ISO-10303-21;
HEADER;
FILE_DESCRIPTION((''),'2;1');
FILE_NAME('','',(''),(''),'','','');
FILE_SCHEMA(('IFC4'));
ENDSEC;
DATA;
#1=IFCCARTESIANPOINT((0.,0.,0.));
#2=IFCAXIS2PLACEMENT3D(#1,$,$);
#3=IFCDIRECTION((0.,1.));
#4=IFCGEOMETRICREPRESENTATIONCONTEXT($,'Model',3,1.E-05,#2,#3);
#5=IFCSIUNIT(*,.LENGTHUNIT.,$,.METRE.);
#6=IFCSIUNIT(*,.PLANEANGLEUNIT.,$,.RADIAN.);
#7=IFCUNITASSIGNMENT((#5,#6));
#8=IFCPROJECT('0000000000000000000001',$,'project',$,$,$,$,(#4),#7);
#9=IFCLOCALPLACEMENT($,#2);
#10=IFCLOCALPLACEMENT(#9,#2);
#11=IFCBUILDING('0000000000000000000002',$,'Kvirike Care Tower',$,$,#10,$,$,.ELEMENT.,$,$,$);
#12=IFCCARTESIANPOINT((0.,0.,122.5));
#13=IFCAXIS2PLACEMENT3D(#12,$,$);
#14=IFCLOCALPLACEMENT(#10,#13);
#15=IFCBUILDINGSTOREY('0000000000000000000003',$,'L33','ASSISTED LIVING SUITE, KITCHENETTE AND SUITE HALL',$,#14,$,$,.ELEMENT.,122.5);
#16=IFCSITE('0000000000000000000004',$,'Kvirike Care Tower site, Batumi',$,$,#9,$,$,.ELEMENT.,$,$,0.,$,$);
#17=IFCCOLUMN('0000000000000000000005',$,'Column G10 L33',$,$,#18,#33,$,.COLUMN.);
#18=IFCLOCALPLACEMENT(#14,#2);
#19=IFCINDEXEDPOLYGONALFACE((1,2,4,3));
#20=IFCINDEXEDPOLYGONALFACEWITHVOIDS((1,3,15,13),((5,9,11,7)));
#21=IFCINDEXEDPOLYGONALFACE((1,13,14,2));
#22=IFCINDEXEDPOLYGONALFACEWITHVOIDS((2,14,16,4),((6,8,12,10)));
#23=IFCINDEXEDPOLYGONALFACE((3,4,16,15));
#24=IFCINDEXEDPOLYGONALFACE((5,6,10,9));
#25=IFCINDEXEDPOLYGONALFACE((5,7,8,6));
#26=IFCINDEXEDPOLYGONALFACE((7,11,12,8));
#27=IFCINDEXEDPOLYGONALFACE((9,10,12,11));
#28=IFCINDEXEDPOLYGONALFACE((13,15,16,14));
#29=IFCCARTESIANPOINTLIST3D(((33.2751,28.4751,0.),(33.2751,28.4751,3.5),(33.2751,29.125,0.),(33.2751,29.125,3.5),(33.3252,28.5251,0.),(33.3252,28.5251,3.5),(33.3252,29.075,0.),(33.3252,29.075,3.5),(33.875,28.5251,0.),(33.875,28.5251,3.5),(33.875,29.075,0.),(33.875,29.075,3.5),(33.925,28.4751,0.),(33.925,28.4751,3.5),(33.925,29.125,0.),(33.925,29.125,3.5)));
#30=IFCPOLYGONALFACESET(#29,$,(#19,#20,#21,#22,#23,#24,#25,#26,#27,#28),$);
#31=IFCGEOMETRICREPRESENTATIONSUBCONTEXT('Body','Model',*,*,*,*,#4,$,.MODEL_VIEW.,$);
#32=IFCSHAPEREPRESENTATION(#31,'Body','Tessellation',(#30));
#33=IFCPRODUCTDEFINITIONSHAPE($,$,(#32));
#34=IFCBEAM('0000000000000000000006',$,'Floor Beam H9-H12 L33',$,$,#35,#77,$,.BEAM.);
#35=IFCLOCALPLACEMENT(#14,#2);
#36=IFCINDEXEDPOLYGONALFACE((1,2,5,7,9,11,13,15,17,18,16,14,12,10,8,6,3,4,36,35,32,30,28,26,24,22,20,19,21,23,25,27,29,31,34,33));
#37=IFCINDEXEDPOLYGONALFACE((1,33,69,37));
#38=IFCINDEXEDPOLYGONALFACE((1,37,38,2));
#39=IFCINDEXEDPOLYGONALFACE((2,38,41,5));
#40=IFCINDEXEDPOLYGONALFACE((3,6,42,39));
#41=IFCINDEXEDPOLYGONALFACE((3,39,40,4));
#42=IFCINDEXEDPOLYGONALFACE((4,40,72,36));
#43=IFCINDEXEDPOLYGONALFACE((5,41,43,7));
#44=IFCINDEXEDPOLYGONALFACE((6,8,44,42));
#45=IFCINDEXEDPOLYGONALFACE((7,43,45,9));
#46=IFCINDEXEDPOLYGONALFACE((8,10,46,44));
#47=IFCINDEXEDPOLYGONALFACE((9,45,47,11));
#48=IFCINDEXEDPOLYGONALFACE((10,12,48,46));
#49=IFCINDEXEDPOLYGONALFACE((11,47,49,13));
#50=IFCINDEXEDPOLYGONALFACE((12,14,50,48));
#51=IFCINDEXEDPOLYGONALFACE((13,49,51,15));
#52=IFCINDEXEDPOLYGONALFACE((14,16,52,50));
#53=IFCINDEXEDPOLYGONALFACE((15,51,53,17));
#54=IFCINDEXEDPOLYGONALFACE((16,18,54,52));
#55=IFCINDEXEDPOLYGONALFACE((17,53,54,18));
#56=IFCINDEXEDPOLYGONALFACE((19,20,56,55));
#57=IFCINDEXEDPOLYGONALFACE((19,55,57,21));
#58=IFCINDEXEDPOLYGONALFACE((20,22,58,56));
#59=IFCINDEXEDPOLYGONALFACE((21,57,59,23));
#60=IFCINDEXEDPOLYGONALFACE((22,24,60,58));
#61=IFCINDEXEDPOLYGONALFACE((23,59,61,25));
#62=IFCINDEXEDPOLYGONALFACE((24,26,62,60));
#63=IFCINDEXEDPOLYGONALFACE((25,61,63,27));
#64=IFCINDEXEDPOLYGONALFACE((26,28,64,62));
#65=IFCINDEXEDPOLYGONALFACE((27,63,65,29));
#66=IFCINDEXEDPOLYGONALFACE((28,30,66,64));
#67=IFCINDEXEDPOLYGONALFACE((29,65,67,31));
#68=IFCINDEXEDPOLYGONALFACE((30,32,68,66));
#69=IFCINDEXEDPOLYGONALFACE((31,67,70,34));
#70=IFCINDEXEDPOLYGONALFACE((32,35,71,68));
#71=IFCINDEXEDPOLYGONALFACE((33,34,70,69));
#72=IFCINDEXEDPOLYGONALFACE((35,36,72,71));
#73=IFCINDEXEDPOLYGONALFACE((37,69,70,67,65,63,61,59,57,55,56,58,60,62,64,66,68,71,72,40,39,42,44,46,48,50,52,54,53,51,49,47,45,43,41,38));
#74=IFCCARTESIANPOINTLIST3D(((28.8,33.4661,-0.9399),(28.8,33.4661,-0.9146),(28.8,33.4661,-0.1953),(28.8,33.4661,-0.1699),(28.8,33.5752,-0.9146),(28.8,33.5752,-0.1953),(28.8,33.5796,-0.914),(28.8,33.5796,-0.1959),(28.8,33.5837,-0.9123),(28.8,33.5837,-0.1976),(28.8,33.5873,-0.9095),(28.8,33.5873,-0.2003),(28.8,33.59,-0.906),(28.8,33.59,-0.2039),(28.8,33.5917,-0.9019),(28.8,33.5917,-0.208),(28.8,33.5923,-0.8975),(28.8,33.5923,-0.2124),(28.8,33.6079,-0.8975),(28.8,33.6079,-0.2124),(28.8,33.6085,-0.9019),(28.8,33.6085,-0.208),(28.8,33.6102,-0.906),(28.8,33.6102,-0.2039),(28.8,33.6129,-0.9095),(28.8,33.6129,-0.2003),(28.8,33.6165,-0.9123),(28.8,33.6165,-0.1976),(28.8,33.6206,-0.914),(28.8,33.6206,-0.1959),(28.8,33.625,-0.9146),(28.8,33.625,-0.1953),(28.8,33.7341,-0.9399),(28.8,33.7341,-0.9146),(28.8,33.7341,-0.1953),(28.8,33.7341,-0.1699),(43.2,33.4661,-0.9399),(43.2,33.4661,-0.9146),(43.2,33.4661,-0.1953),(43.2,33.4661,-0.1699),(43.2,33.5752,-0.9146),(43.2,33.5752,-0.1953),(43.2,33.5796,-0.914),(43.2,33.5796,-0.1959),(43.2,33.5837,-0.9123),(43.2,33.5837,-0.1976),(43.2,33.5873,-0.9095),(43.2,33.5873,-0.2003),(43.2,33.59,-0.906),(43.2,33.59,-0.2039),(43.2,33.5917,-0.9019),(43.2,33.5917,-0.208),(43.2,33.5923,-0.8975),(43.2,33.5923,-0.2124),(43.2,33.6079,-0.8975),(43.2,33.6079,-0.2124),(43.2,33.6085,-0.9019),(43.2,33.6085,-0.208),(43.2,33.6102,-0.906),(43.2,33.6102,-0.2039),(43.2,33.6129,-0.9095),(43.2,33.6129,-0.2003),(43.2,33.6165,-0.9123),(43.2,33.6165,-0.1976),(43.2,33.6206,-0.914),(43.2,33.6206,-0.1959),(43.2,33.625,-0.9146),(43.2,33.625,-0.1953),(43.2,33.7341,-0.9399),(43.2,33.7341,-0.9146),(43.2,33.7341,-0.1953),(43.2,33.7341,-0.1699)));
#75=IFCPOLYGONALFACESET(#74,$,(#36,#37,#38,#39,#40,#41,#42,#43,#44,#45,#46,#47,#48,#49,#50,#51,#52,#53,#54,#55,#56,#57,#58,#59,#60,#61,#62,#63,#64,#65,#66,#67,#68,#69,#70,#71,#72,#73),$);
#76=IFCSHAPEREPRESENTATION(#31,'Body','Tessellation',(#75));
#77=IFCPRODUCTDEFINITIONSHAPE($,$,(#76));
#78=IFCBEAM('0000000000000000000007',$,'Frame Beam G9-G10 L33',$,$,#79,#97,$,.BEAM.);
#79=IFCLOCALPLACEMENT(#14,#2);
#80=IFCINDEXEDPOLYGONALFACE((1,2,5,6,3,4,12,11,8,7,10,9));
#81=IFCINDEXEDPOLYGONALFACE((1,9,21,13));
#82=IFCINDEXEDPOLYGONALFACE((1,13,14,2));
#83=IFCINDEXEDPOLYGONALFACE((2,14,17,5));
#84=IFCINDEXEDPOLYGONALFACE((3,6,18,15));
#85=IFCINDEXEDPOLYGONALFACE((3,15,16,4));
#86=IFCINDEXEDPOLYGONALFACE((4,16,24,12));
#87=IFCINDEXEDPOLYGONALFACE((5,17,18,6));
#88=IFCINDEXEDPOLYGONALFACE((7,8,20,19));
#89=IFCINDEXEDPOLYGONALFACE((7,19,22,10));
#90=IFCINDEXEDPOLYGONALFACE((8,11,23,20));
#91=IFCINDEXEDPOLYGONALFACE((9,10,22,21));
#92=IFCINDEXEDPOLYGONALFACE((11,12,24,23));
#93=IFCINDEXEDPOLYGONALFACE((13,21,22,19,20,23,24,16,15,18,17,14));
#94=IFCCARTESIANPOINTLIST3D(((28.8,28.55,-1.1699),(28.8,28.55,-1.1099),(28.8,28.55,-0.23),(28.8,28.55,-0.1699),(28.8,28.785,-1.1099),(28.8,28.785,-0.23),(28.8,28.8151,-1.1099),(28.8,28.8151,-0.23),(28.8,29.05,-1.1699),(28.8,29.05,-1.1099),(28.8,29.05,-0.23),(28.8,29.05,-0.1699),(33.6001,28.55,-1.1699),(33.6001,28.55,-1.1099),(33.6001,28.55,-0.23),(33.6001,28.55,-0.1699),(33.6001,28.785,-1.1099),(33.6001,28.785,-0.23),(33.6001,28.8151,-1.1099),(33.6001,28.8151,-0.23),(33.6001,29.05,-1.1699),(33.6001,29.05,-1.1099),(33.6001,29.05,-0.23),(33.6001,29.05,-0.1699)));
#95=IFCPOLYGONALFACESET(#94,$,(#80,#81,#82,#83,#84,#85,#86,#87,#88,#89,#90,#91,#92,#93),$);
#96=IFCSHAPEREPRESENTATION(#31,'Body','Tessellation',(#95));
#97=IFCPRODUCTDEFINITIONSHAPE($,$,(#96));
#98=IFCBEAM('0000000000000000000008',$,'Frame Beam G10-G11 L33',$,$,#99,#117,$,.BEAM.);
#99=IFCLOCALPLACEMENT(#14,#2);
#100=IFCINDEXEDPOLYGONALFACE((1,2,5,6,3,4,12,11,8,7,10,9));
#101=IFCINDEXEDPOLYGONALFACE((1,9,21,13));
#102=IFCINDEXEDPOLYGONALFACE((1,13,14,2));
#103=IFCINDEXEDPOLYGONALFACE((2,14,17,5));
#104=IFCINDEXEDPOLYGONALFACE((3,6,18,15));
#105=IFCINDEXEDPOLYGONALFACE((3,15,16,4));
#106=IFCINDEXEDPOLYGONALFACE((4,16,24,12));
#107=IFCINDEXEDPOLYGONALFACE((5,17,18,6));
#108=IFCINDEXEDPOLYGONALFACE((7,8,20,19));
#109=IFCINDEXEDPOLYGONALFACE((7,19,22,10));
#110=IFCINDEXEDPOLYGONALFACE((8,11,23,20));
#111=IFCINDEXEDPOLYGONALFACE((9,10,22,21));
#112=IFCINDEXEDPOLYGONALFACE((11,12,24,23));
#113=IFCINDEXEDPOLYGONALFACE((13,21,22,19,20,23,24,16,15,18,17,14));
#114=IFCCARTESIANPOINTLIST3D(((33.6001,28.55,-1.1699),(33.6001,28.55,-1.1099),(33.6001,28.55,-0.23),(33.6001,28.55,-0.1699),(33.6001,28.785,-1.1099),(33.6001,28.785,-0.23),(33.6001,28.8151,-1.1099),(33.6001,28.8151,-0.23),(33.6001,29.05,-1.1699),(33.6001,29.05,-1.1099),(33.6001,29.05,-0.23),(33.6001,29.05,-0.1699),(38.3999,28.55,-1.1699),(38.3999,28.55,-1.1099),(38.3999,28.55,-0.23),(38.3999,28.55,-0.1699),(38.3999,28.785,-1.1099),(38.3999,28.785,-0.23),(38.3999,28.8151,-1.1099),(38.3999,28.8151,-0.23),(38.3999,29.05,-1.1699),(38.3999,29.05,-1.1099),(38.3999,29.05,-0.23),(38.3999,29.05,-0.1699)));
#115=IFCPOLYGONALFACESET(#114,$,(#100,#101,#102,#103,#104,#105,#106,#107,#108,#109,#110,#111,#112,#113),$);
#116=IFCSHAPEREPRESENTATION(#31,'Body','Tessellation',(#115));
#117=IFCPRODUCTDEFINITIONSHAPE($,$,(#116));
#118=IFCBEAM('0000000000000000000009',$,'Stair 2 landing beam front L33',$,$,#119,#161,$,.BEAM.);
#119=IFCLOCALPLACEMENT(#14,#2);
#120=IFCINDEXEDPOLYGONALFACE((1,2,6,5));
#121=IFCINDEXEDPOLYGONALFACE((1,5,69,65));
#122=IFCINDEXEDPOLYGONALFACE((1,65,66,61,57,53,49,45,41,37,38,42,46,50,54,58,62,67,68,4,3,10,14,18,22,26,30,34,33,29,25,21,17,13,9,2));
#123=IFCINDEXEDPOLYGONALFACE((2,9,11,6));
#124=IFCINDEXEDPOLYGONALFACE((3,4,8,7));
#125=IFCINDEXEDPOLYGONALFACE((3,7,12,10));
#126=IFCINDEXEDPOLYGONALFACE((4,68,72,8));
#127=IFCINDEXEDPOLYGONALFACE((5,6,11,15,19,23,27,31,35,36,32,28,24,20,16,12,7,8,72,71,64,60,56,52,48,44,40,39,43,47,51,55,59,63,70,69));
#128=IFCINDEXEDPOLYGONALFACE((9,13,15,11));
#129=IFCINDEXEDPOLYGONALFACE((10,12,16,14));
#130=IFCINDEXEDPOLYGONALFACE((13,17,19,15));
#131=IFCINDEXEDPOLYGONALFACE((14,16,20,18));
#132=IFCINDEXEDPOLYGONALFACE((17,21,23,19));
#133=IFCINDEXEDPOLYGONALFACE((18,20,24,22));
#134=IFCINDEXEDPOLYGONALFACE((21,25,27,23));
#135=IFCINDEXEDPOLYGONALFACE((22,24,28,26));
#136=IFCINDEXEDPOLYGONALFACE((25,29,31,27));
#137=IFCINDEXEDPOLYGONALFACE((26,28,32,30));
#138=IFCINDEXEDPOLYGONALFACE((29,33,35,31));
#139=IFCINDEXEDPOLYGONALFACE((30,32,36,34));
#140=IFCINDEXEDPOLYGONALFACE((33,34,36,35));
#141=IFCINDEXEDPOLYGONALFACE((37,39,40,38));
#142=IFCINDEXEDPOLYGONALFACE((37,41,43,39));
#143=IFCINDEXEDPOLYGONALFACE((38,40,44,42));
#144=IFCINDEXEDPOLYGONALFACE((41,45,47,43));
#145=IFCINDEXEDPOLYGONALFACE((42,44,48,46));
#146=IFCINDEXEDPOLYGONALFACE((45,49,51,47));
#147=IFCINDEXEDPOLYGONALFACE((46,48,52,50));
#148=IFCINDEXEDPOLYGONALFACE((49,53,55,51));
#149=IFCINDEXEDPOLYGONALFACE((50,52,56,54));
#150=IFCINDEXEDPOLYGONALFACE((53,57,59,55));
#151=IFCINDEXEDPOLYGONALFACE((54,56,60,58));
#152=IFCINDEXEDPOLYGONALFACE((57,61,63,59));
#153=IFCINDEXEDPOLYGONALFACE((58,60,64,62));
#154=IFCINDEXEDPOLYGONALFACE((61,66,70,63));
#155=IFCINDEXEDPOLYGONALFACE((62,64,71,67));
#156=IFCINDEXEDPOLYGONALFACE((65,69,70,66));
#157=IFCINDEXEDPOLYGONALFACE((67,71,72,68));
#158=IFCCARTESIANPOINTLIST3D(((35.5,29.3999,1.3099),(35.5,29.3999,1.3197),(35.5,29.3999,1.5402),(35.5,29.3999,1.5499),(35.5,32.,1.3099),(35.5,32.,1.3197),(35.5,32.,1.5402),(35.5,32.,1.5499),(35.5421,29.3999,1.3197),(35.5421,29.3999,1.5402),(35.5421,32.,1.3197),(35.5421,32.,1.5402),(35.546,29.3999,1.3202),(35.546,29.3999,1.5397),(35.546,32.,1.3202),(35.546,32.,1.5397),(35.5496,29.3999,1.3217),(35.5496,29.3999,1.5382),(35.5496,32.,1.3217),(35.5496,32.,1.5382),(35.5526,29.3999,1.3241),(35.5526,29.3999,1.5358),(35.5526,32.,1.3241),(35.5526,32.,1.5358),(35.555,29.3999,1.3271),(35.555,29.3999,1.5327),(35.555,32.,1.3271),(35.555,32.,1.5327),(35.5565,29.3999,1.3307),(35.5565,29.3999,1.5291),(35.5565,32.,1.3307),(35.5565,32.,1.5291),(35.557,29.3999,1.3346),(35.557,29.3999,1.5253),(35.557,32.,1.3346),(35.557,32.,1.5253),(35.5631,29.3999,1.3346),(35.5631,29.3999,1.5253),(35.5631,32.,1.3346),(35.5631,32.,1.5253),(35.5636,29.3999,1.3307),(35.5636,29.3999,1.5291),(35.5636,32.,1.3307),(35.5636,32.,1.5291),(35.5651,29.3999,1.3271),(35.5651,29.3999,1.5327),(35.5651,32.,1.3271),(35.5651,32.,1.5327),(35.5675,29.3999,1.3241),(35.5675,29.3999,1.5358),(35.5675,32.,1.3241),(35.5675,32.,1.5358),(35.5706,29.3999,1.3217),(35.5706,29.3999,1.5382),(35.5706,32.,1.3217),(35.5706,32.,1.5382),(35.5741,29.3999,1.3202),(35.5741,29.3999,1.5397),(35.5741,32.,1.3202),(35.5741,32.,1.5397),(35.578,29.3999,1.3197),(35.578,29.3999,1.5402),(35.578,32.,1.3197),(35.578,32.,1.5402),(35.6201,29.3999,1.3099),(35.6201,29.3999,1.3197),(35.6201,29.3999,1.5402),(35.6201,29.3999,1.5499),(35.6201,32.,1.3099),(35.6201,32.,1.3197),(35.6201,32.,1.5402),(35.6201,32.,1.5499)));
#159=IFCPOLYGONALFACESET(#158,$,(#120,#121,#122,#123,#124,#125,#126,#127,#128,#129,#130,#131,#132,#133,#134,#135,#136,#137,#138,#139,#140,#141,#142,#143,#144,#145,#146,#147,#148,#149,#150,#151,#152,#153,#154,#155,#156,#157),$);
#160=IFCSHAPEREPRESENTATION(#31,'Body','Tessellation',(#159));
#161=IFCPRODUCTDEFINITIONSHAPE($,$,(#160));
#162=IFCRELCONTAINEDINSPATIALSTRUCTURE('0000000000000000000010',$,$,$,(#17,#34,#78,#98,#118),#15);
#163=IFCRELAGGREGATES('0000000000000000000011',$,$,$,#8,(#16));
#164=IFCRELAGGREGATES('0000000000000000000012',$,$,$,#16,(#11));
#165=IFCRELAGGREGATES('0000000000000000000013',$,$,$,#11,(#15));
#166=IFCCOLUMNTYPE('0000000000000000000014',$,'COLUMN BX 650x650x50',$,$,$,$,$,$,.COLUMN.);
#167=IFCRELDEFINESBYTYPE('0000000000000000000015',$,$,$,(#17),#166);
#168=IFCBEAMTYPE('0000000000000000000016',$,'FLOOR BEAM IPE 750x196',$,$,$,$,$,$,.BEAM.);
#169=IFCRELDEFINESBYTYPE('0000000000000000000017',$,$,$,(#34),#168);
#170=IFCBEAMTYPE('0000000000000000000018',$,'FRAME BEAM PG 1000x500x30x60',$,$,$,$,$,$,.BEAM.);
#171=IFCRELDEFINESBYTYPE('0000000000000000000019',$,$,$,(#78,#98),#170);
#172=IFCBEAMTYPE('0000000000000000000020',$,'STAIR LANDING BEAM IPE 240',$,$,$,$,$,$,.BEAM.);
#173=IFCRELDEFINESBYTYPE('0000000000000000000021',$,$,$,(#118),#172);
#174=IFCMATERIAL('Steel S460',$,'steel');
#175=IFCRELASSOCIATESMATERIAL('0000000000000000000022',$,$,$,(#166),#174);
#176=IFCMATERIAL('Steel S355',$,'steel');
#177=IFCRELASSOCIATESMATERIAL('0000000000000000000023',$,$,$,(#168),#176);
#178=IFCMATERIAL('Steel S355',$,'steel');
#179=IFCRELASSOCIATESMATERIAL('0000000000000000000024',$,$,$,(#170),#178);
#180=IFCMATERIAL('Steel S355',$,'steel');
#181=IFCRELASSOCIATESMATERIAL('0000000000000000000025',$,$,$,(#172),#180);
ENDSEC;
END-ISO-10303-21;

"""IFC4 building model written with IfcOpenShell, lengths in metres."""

from ifc_helpers import new_model, si_unit, direction, frame, origin, origin_2d, place, context, subcontext, project, spatial, hollow_rectangle, i_section, extrude, material, material_profile, profile_set, type_object, element, save


model = new_model("IFC4")

# Units and contexts
model_context = context("Model", 3, precision=1e-05, world=origin(), true_north=direction((0.0, 1.0)))
body_context = subcontext(model_context, "Body", "Model", "MODEL_VIEW")
ifc_project = project(units=[si_unit("LENGTHUNIT", "METRE"), si_unit("PLANEANGLEUNIT", "RADIAN")], contexts=[model_context])

# Site, building, storey
site_placement = place(None, origin())
site = spatial("IfcSite", under=ifc_project, at=site_placement, Name="Kvirike Care Tower site, Batumi", CompositionType="ELEMENT", RefElevation=0.0)
building_placement = place(site_placement, origin())
building = spatial("IfcBuilding", under=site, at=building_placement, Name="Kvirike Care Tower", CompositionType="ELEMENT")
storey_placement = place(building_placement, frame((0.0, 0.0, 122.5)))
storey = spatial("IfcBuildingStorey", under=building, at=storey_placement, Name="L33", Description="ASSISTED LIVING SUITE, KITCHENETTE AND SUITE HALL", CompositionType="ELEMENT", Elevation=122.5)

# Column
ifc_material_1 = material(Name="Steel S460", Category="steel")
ifc_material_profile_1 = material_profile(ifc_material_1, hollow_rectangle(XDim=0.6499, YDim=0.6499, WallThickness=0.05, at=origin_2d()), Name="BX 650x650x50")
ifc_profile_set_1 = profile_set([ifc_material_profile_1], Name="Steel S460")
column_type = type_object("IfcColumnType", Name="COLUMN BX 650x650x50", PredefinedType="COLUMN", material=ifc_profile_set_1)
column_placement = place(storey_placement, frame((33.6001, 28.8, 0.0), z_axis=(0.0, 0.0, 1.0), x_axis=(0.0, 1.0, 0.0)))
element("IfcColumn", 1, at=column_placement, inside=storey, type_object=column_type, Name="Column G10 L33", PredefinedType="COLUMN", context=body_context, shape_type="SweptSolid", body=[
    extrude(hollow_rectangle(XDim=0.6499, YDim=0.6499, WallThickness=0.05, at=origin_2d()), origin(), (0.0, 0.0, 1.0), 3.5),
])

# Beams
ifc_material_2 = material(Name="Steel S355", Category="steel")
ifc_material_profile_2 = material_profile(ifc_material_2, i_section(OverallWidth=0.2681, OverallDepth=0.77, WebThickness=0.0156, FlangeThickness=0.0254, FilletRadius=0.0171, at=origin_2d()), Name="IPE 750x196")
ifc_profile_set_2 = profile_set([ifc_material_profile_2], Name="Steel S355")
beam_type_1 = type_object("IfcBeamType", Name="FLOOR BEAM IPE 750x196", PredefinedType="BEAM", material=ifc_profile_set_2)
beam_1_placement = place(storey_placement, frame((28.8, 33.6001, -0.5549), z_axis=(1.0, 0.0, 0.0), x_axis=(0.0, 1.0, 0.0)))
element("IfcBeam", 2, at=beam_1_placement, inside=storey, type_object=beam_type_1, Name="Floor Beam H9-H12 L33", PredefinedType="BEAM", context=body_context, shape_type="SweptSolid", body=[
    extrude(i_section(OverallWidth=0.2681, OverallDepth=0.77, WebThickness=0.0156, FlangeThickness=0.0254, FilletRadius=0.0171, at=origin_2d()), origin(), (0.0, 0.0, 1.0), 14.3999),
])
ifc_material_3 = material(Name="Steel S355", Category="steel")
ifc_material_profile_3 = material_profile(ifc_material_3, i_section(OverallWidth=0.5, OverallDepth=1.0, WebThickness=0.03, FlangeThickness=0.0601, at=origin_2d()), Name="PG 1000x500x30x60")
ifc_profile_set_3 = profile_set([ifc_material_profile_3], Name="Steel S355")
beam_type_2 = type_object("IfcBeamType", Name="FRAME BEAM PG 1000x500x30x60", PredefinedType="BEAM", material=ifc_profile_set_3)
beam_2_placement = place(storey_placement, frame((28.8, 28.8, -0.6699), z_axis=(1.0, 0.0, 0.0), x_axis=(0.0, 1.0, 0.0)))
element("IfcBeam", 3, at=beam_2_placement, inside=storey, type_object=beam_type_2, Name="Frame Beam G9-G10 L33", PredefinedType="BEAM", context=body_context, shape_type="SweptSolid", body=[
    extrude(i_section(OverallWidth=0.5, OverallDepth=1.0, WebThickness=0.03, FlangeThickness=0.0601, at=origin_2d()), origin(), (0.0, 0.0, 1.0), 4.8),
])
beam_3_placement = place(storey_placement, frame((33.6001, 28.8, -0.6699), z_axis=(1.0, 0.0, 0.0), x_axis=(0.0, 1.0, 0.0)))
element("IfcBeam", 4, at=beam_3_placement, inside=storey, type_object=beam_type_2, Name="Frame Beam G10-G11 L33", PredefinedType="BEAM", context=body_context, shape_type="SweptSolid", body=[
    extrude(i_section(OverallWidth=0.5, OverallDepth=1.0, WebThickness=0.03, FlangeThickness=0.0601, at=origin_2d()), origin(), (0.0, 0.0, 1.0), 4.7998),
])
ifc_material_4 = material(Name="Steel S355", Category="steel")
ifc_material_profile_4 = material_profile(ifc_material_4, i_section(OverallWidth=0.1201, OverallDepth=0.24, WebThickness=0.0061, FlangeThickness=0.0098, FilletRadius=0.0149, at=origin_2d()), Name="IPE 240")
ifc_profile_set_4 = profile_set([ifc_material_profile_4], Name="Steel S355")
beam_type_3 = type_object("IfcBeamType", Name="STAIR LANDING BEAM IPE 240", PredefinedType="BEAM", material=ifc_profile_set_4)
beam_4_placement = place(storey_placement, frame((35.5601, 29.3999, 1.4299), z_axis=(0.0, 1.0, 0.0), x_axis=(-1.0, 0.0, 0.0)))
element("IfcBeam", 5, at=beam_4_placement, inside=storey, type_object=beam_type_3, Name="Stair 2 landing beam front L33", PredefinedType="BEAM", context=body_context, shape_type="SweptSolid", body=[
    extrude(i_section(OverallWidth=0.1201, OverallDepth=0.24, WebThickness=0.0061, FlangeThickness=0.0098, FilletRadius=0.0149, at=origin_2d()), origin(), (0.0, 0.0, 1.0), 2.6001),
])

save(model, "model.ifc")
